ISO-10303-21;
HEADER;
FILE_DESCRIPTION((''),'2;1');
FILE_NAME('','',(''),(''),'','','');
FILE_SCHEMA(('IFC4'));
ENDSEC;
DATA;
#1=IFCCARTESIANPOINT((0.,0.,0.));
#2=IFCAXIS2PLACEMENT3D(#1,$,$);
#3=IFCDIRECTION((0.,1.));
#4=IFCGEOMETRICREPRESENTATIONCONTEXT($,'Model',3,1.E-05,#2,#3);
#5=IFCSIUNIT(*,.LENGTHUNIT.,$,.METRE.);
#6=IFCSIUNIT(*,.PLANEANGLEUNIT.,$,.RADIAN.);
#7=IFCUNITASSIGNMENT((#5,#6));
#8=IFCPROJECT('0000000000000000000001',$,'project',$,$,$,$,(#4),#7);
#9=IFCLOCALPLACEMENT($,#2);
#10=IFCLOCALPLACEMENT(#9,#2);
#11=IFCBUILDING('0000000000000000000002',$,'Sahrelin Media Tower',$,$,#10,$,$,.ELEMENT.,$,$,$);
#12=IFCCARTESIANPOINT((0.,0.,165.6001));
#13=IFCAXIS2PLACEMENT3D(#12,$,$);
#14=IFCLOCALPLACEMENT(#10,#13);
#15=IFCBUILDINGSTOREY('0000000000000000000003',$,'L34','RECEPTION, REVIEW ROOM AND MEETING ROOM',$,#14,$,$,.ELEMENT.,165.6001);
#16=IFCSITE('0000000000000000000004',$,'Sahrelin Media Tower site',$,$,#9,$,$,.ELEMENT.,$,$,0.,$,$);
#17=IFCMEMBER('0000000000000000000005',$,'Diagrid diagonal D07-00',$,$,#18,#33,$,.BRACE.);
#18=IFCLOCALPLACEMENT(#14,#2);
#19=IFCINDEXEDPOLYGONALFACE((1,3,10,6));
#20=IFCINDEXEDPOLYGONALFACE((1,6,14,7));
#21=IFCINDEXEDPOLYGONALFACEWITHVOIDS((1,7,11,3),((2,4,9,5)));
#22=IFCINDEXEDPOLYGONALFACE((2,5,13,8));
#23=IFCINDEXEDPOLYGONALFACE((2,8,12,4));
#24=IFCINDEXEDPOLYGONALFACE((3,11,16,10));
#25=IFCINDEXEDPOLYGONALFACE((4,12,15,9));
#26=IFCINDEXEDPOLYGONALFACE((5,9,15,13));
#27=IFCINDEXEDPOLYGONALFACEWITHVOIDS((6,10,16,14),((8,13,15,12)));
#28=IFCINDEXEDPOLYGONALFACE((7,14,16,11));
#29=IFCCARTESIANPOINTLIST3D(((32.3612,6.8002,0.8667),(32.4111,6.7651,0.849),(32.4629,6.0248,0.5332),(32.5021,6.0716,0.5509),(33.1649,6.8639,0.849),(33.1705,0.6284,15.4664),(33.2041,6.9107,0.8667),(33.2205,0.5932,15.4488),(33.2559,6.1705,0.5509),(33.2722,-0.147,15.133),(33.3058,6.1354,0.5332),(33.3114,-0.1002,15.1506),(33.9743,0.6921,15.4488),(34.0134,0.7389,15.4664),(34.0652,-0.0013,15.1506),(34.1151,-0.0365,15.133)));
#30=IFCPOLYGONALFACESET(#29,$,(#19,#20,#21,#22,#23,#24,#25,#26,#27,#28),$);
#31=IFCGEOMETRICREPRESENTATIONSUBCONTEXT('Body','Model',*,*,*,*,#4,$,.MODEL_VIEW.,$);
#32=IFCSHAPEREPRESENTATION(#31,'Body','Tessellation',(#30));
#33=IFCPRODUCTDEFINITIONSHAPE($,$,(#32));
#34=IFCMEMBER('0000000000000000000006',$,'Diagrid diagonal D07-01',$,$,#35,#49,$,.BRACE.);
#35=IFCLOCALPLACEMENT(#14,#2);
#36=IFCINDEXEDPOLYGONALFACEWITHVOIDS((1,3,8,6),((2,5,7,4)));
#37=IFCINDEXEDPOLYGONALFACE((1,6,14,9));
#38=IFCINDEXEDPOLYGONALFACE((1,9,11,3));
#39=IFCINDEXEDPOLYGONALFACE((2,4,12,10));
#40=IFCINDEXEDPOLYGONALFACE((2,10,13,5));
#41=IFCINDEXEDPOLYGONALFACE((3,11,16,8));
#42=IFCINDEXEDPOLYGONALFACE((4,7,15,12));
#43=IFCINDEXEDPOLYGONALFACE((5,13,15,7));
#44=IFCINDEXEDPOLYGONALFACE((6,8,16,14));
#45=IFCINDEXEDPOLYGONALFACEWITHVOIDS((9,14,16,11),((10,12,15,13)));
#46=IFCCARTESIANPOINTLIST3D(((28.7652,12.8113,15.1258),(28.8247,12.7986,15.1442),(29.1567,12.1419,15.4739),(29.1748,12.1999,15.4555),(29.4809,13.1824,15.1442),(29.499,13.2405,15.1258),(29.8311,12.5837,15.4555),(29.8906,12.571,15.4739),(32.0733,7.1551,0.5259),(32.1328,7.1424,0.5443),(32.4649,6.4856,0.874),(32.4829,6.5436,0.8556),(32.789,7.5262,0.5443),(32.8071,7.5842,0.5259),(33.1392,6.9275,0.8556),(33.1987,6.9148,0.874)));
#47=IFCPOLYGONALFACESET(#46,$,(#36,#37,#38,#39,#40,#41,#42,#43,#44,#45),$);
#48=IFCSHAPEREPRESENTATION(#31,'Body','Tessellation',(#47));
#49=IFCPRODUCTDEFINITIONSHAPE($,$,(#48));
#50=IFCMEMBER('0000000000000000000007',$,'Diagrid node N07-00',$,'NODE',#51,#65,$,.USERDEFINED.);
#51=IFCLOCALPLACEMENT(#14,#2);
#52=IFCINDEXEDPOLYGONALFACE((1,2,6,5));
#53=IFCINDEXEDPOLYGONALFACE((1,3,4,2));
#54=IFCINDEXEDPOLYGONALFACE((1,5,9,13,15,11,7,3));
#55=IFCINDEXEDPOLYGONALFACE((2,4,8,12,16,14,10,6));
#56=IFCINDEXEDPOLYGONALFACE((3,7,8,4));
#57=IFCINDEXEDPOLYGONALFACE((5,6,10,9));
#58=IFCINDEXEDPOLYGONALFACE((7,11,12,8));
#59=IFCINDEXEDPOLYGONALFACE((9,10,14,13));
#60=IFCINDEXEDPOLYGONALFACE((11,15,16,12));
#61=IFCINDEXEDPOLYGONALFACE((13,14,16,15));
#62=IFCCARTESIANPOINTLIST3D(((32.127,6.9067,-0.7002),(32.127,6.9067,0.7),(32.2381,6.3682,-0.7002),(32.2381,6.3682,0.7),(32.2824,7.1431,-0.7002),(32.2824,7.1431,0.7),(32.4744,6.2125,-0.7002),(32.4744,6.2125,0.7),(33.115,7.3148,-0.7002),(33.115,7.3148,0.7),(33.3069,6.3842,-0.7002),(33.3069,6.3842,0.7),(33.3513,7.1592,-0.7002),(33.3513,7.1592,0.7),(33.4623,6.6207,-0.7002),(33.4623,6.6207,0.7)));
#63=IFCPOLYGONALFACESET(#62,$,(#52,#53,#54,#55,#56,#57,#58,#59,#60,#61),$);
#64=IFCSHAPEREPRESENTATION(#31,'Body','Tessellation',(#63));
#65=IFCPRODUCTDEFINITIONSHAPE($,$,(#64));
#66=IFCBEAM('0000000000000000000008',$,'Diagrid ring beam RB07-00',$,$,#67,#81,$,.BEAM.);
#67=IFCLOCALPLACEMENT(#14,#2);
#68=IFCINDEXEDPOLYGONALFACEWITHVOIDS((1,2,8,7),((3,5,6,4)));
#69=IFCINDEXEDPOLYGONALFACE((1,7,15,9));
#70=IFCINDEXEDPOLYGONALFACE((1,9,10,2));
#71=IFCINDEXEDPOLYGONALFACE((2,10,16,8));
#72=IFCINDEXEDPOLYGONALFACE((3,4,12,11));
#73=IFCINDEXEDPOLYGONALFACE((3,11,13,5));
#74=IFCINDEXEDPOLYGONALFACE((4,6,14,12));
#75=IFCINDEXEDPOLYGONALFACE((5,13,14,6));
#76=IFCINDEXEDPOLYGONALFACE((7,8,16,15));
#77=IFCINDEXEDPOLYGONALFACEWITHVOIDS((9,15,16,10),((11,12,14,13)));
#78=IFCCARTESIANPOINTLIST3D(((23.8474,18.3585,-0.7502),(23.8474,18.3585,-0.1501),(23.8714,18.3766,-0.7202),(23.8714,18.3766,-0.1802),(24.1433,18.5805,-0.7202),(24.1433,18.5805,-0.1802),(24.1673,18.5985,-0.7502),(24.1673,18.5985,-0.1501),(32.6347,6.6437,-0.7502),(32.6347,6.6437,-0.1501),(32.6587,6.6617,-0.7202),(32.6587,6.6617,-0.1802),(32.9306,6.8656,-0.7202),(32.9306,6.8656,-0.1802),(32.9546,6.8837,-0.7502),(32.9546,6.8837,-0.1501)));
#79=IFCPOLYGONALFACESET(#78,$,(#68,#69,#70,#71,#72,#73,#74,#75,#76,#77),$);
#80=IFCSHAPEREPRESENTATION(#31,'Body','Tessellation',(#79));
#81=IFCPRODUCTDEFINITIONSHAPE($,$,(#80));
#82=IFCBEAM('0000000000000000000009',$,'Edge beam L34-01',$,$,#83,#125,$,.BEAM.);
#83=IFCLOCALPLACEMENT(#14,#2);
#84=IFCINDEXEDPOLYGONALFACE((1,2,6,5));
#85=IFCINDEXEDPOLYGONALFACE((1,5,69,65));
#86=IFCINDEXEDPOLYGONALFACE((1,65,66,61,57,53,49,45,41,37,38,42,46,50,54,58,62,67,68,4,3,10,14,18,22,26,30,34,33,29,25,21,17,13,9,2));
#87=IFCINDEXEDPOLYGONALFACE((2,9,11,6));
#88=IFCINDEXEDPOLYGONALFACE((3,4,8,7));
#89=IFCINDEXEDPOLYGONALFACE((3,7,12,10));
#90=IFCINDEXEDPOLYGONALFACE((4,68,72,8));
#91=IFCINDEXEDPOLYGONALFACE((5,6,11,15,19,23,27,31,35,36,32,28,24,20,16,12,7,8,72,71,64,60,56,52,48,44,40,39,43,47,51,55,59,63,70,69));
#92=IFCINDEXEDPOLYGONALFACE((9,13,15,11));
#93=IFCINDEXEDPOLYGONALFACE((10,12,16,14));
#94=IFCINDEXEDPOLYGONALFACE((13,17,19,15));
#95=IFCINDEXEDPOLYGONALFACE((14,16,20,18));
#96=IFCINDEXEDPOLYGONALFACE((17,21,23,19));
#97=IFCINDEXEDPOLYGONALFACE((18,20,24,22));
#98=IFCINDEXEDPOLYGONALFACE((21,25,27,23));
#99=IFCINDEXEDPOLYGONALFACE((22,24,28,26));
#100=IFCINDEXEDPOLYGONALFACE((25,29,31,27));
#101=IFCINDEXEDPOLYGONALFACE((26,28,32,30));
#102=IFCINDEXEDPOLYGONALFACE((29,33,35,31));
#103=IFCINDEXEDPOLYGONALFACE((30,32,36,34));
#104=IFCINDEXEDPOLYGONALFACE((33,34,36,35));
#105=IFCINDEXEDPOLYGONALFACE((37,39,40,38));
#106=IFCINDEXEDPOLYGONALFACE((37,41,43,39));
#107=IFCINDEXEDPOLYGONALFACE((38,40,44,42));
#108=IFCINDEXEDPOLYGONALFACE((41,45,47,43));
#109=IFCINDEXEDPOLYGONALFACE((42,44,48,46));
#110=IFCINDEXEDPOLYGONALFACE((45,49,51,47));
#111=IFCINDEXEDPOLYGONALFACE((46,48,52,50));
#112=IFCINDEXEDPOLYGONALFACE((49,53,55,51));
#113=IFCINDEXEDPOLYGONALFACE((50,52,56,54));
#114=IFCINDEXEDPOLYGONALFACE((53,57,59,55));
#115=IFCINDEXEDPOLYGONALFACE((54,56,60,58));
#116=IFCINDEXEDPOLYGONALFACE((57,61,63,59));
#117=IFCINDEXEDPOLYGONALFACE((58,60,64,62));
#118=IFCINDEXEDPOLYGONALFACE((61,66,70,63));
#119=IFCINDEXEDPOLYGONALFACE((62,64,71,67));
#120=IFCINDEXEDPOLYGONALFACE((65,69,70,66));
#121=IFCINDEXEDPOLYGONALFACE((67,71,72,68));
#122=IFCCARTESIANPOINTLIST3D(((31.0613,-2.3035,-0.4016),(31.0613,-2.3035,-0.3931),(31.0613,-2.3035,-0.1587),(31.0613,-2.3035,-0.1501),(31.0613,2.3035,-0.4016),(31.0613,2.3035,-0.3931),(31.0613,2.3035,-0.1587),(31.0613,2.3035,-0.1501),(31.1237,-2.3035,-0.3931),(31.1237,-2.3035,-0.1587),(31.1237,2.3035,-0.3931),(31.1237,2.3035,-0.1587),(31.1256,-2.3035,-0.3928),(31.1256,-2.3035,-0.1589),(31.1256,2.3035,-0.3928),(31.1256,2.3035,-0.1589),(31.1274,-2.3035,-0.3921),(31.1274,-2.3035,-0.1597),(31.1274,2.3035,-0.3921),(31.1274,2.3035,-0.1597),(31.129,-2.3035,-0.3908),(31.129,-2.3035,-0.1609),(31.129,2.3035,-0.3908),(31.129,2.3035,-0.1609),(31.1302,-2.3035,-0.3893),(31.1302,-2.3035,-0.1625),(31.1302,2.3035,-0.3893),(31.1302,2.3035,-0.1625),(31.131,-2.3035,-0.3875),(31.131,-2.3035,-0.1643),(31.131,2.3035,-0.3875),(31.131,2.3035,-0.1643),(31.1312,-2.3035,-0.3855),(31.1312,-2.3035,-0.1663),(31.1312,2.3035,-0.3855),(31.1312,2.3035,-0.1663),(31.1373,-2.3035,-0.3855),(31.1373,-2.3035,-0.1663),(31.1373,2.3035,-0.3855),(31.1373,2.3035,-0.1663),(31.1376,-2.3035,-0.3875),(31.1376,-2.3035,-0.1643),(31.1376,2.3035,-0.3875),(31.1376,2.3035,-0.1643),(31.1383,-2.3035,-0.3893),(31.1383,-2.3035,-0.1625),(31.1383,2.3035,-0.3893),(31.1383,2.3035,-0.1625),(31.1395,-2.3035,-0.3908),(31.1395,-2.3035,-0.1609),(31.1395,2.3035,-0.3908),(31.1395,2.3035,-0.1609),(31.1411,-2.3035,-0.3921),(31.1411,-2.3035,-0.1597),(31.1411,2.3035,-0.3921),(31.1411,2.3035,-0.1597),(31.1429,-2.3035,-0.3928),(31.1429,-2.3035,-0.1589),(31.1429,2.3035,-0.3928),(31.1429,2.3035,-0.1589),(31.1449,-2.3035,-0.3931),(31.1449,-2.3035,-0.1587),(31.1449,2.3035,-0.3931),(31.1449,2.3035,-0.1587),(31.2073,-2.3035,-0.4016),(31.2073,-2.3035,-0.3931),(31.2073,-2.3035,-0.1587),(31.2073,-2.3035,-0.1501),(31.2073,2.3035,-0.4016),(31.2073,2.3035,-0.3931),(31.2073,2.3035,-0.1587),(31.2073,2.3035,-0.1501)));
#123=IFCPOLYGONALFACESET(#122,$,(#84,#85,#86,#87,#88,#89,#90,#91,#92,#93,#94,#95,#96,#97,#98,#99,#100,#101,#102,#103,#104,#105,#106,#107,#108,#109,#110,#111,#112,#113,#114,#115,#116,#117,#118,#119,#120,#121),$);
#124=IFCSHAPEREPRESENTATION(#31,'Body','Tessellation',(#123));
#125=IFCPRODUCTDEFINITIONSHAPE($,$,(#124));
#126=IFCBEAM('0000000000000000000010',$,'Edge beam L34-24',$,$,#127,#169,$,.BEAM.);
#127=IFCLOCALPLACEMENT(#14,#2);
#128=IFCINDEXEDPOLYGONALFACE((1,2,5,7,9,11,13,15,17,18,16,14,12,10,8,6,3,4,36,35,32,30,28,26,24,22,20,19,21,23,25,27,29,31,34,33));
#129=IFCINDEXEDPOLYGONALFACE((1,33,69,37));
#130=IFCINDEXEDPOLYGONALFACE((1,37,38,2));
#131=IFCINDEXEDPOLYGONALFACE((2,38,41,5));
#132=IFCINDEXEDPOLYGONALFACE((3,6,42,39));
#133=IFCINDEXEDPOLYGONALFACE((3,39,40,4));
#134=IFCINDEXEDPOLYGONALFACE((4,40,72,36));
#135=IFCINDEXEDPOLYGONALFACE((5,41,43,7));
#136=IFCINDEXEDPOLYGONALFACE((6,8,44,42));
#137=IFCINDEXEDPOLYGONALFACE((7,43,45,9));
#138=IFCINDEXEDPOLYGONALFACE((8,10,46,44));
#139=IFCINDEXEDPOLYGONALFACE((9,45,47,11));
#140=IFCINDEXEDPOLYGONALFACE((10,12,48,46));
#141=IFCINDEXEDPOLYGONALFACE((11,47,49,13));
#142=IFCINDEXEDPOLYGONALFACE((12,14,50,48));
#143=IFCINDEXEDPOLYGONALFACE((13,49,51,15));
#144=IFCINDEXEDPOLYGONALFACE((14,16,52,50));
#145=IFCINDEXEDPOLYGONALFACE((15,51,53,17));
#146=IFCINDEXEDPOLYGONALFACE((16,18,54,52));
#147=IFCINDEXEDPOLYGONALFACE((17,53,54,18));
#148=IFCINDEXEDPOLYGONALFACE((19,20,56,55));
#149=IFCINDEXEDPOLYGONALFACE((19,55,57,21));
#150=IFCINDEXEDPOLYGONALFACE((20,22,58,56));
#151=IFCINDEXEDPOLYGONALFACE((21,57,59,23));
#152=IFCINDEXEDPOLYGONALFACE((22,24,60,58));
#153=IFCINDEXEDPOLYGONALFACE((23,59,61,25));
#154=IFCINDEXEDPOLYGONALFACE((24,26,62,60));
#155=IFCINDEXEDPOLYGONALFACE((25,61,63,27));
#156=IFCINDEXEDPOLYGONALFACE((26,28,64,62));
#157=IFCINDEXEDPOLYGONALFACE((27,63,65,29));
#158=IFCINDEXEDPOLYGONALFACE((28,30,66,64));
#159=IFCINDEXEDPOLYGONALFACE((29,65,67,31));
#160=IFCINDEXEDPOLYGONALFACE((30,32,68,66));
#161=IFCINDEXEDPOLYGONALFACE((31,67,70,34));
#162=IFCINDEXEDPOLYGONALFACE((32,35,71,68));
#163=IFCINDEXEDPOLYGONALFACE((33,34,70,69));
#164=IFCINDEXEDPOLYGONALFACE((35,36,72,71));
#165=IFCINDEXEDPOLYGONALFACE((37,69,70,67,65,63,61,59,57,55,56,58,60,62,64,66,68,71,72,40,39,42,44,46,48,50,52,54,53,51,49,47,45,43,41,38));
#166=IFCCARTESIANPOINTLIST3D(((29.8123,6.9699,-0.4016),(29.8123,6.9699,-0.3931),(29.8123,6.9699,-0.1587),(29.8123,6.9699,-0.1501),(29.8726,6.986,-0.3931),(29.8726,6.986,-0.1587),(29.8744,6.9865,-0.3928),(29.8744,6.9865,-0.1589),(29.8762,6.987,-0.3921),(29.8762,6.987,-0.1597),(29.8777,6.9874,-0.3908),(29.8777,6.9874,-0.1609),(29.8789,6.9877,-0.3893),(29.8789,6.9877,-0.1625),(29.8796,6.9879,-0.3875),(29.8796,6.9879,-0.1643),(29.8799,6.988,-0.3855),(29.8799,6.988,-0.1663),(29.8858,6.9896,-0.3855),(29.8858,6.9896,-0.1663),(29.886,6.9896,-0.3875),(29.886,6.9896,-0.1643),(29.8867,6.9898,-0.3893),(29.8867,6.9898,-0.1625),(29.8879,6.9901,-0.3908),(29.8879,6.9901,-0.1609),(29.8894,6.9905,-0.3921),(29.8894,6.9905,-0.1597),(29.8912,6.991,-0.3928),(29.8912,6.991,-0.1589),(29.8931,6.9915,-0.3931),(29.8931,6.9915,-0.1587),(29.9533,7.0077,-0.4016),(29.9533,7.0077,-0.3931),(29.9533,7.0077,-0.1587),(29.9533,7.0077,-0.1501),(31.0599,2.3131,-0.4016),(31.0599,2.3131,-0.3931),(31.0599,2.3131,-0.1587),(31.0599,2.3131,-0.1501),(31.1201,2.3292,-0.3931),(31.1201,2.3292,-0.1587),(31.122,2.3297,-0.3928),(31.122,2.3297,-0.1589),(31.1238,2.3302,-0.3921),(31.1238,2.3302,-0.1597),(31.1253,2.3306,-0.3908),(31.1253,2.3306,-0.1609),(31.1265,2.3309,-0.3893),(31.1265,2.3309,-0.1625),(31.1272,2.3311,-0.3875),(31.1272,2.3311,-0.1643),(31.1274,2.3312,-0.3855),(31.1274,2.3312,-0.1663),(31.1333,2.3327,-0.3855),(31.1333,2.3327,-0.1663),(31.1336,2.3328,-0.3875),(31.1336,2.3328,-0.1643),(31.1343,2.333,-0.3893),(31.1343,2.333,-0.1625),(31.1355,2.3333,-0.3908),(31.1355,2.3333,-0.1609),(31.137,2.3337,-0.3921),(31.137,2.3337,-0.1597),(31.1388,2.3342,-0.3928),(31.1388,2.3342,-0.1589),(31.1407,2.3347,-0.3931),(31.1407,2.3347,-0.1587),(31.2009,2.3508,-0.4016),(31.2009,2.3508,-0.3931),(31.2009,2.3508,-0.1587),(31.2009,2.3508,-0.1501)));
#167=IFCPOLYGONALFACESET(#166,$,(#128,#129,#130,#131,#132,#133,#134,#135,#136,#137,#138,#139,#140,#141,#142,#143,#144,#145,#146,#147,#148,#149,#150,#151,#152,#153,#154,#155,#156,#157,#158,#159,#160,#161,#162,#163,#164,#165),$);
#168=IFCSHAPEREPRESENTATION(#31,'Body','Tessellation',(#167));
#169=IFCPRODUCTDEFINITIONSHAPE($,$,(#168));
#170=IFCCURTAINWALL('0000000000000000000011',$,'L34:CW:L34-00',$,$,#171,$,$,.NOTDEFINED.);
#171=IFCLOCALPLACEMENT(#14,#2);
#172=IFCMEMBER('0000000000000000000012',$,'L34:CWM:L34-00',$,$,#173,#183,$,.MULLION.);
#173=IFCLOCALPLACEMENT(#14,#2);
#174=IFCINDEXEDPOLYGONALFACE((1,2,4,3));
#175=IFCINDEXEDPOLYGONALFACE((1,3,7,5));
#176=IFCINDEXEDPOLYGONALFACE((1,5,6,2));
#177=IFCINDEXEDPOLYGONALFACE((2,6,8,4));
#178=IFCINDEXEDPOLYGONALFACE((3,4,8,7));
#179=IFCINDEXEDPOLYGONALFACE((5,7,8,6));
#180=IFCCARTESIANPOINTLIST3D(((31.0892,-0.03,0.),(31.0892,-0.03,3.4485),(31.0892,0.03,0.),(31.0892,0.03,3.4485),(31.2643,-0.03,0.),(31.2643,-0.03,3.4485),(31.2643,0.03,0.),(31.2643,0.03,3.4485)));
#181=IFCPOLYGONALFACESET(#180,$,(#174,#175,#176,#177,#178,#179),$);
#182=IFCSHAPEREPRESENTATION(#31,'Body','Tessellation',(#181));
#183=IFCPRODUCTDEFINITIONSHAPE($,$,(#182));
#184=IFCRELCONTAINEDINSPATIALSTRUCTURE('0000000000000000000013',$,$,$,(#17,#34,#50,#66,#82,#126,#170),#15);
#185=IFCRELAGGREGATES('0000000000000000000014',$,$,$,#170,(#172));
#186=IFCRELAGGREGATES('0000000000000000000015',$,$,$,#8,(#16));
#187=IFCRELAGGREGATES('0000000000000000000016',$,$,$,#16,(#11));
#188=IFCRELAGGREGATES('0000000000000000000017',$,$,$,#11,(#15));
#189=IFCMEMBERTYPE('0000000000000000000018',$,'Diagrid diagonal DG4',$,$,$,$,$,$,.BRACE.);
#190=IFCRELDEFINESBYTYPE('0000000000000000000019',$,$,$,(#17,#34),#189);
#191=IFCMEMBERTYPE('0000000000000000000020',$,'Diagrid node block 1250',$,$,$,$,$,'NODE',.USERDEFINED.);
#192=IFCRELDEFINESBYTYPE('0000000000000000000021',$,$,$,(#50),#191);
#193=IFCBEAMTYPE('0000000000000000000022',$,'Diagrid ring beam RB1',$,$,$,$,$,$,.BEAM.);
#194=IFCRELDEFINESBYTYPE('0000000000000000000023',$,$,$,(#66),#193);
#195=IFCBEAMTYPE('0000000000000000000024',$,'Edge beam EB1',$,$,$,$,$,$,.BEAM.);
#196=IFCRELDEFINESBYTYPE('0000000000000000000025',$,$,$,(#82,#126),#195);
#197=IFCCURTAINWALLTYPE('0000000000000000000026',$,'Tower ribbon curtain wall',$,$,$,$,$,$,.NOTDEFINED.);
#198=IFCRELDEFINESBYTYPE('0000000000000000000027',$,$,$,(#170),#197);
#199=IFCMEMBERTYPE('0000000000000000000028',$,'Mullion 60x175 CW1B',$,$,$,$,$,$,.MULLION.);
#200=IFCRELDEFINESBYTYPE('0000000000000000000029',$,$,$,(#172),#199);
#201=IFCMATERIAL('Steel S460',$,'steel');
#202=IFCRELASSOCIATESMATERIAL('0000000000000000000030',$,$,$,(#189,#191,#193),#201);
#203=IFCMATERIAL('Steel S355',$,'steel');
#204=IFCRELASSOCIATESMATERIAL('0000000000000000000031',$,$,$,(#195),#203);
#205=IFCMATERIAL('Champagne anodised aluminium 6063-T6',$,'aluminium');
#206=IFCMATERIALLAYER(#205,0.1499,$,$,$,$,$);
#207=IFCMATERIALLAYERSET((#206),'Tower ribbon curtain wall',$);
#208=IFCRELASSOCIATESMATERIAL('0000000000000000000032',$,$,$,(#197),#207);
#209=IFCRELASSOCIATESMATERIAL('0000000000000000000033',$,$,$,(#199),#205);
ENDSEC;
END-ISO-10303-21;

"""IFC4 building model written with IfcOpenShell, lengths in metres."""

from ifc_helpers import new_model, si_unit, direction, frame, origin, origin_2d, place, context, subcontext, project, spatial, polyline, rectangle, hollow_rectangle, i_section, outline, extrude, material, layer, layer_set, material_profile, profile_set, type_object, element, aggregate, save


model = new_model("IFC4")

# Units and contexts
model_context = context("Model", 3, precision=1e-05, world=origin(), true_north=direction((0.0, 1.0)))
body_context = subcontext(model_context, "Body", "Model", "MODEL_VIEW")
ifc_project = project(units=[si_unit("LENGTHUNIT", "METRE"), si_unit("PLANEANGLEUNIT", "RADIAN")], contexts=[model_context])

# Site, building, storey
site_placement = place(None, origin())
site = spatial("IfcSite", under=ifc_project, at=site_placement, Name="Sahrelin Media Tower site", CompositionType="ELEMENT", RefElevation=0.0)
building_placement = place(site_placement, origin())
building = spatial("IfcBuilding", under=site, at=building_placement, Name="Sahrelin Media Tower", CompositionType="ELEMENT")
storey_placement = place(building_placement, frame((0.0, 0.0, 165.6001)))
storey = spatial("IfcBuildingStorey", under=building, at=storey_placement, Name="L34", Description="RECEPTION, REVIEW ROOM AND MEETING ROOM", CompositionType="ELEMENT", Elevation=165.6001)

# Members
ifc_material_1 = material(Name="Steel S460", Category="steel")
ifc_material_profile_1 = material_profile(ifc_material_1, hollow_rectangle(XDim=0.8501, YDim=0.8501, WallThickness=0.0449, at=origin_2d()), Name="Diagrid diagonal DG4")
ifc_profile_set_1 = profile_set([ifc_material_profile_1], Name="Steel S460")
member_type_1 = type_object("IfcMemberType", Name="Diagrid diagonal DG4", PredefinedType="BRACE", material=ifc_profile_set_1)
member_1_placement = place(storey_placement, frame((32.8335, 6.4678, 0.7), z_axis=(0.050993, -0.388867, 0.919882), x_axis=(0.991512, 0.130018, 0.0)))
element("IfcMember", 1, at=member_1_placement, inside=storey, type_object=member_type_1, Name="Diagrid diagonal D07-00", PredefinedType="BRACE", context=body_context, shape_type="SweptSolid", body=[
    extrude(hollow_rectangle(XDim=0.8501, YDim=0.8501, WallThickness=0.0449, at=origin_2d()), origin(), (0.0, 0.0, 1.0), 15.8713),
])
member_2_placement = place(storey_placement, frame((32.636, 7.0349, 0.7), z_axis=(-0.206719, 0.353452, 0.912326), x_axis=(-0.863205, -0.504853, 0.0)))
element("IfcMember", 2, at=member_2_placement, inside=storey, type_object=member_type_1, Name="Diagrid diagonal D07-01", PredefinedType="BRACE", context=body_context, shape_type="SweptSolid", body=[
    extrude(hollow_rectangle(XDim=0.8501, YDim=0.8501, WallThickness=0.0449, at=origin_2d()), origin(), (0.0, 0.0, 1.0), 16.0029),
])
ifc_material_profile_2 = material_profile(ifc_material_1, outline(polyline([(0.425, -0.4751), (0.625, -0.2749), (0.625, 0.2749), (0.425, 0.4751), (-0.425, 0.4751), (-0.625, 0.2749), (-0.625, -0.2749), (-0.425, -0.4751), (0.425, -0.4751)])), Name="Diagrid node block 1250")
ifc_profile_set_2 = profile_set([ifc_material_profile_2], Name="Steel S460")
member_type_2 = type_object("IfcMemberType", Name="Diagrid node block 1250", ElementType="NODE", PredefinedType="USERDEFINED", material=ifc_profile_set_2)
member_3_placement = place(storey_placement, frame((32.7947, 6.7637, -0.7002), z_axis=(0.0, 0.0, 1.0), x_axis=(0.979388, 0.201989, 0.0)))
element("IfcMember", 3, at=member_3_placement, inside=storey, type_object=member_type_2, Name="Diagrid node N07-00", ObjectType="NODE", PredefinedType="USERDEFINED", context=body_context, shape_type="SweptSolid", body=[
    extrude(outline(polyline([(0.425, -0.4751), (0.625, -0.2749), (0.625, 0.2749), (0.425, 0.4751), (-0.425, 0.4751), (-0.625, 0.2749), (-0.625, -0.2749), (-0.425, -0.4751), (0.425, -0.4751)])), origin(), (0.0, 0.0, 1.0), 1.4001),
])

# Beams
ifc_material_profile_3 = material_profile(ifc_material_1, hollow_rectangle(XDim=0.3999, YDim=0.6001, WallThickness=0.03, at=origin_2d()), Name="Diagrid ring beam RB1")
ifc_profile_set_3 = profile_set([ifc_material_profile_3], Name="Steel S460")
beam_type_1 = type_object("IfcBeamType", Name="Diagrid ring beam RB1", PredefinedType="BEAM", material=ifc_profile_set_3)
beam_1_placement = place(storey_placement, frame((32.7947, 6.7637, -0.4502), z_axis=(-0.600053, 0.79996, 0.0), x_axis=(-0.79996, -0.600053, 0.0)))
element("IfcBeam", 4, at=beam_1_placement, inside=storey, type_object=beam_type_1, Name="Diagrid ring beam RB07-00", PredefinedType="BEAM", context=body_context, shape_type="SweptSolid", body=[
    extrude(hollow_rectangle(XDim=0.3999, YDim=0.6001, WallThickness=0.03, at=origin_2d()), origin(), (0.0, 0.0, 1.0), 14.6443),
])
ifc_material_2 = material(Name="Steel S355", Category="steel")
ifc_material_profile_4 = material_profile(ifc_material_2, i_section(OverallWidth=0.146, OverallDepth=0.2515, WebThickness=0.0061, FlangeThickness=0.0085, FilletRadius=0.0076, at=origin_2d()), Name="UB 254x146x31")
ifc_profile_set_4 = profile_set([ifc_material_profile_4], Name="Steel S355")
beam_type_2 = type_object("IfcBeamType", Name="Edge beam EB1", PredefinedType="BEAM", material=ifc_profile_set_4)
beam_2_placement = place(storey_placement, frame((31.1343, 2.3035, -0.2759), z_axis=(0.0, -1.0, 0.0), x_axis=(1.0, 0.0, 0.0)))
element("IfcBeam", 5, at=beam_2_placement, inside=storey, type_object=beam_type_2, Name="Edge beam L34-01", PredefinedType="BEAM", context=body_context, shape_type="SweptSolid", body=[
    extrude(i_section(OverallWidth=0.146, OverallDepth=0.2515, WebThickness=0.0061, FlangeThickness=0.0085, FilletRadius=0.0076, at=origin_2d()), origin(), (0.0, 0.0, 1.0), 4.6069),
])
beam_3_placement = place(storey_placement, frame((29.8828, 6.9888, -0.2759), z_axis=(0.258778, -0.965937, 0.0), x_axis=(0.965937, 0.258778, 0.0)))
element("IfcBeam", 6, at=beam_3_placement, inside=storey, type_object=beam_type_2, Name="Edge beam L34-24", PredefinedType="BEAM", context=body_context, shape_type="SweptSolid", body=[
    extrude(i_section(OverallWidth=0.146, OverallDepth=0.2515, WebThickness=0.0061, FlangeThickness=0.0085, FilletRadius=0.0076, at=origin_2d()), origin(), (0.0, 0.0, 1.0), 4.821),
])

# Curtain wall, member
ifc_material_3 = material(Name="Champagne anodised aluminium 6063-T6", Category="aluminium")
ifc_layer_1 = layer(ifc_material_3, 0.1499)
ifc_layer_set_1 = layer_set([ifc_layer_1], Name="Tower ribbon curtain wall")
curtain_wall_type = type_object("IfcCurtainWallType", Name="Tower ribbon curtain wall", PredefinedType="NOTDEFINED", material=ifc_layer_set_1)
curtain_wall_1_placement = place(storey_placement, frame((31.2842, 0.0, 0.0), z_axis=(0.0, 0.0, 1.0), x_axis=(1.0, 0.0, 0.0)))
curtain_wall_1 = element("IfcCurtainWall", 7, at=curtain_wall_1_placement, inside=storey, type_object=curtain_wall_type, Name="L34:CW:L34-00", PredefinedType="NOTDEFINED")
ifc_material_profile_5 = material_profile(ifc_material_3, rectangle(XDim=0.0601, YDim=0.175, at=origin_2d()), Name="Mullion 60x175")
ifc_profile_set_5 = profile_set([ifc_material_profile_5], Name="Champagne anodised aluminium 6063-T6")
member_type_3 = type_object("IfcMemberType", Name="Mullion 60x175 CW1B", PredefinedType="MULLION", material=ifc_profile_set_5)
member_4_placement = place(storey_placement, frame((31.1768, 0.0, 0.0), z_axis=(0.0, 0.0, 1.0), x_axis=(0.0, 1.0, 0.0)))
member_4 = element("IfcMember", 8, at=member_4_placement, type_object=member_type_3, Name="L34:CWM:L34-00", PredefinedType="MULLION", context=body_context, shape_type="SweptSolid", body=[
    extrude(rectangle(XDim=0.0601, YDim=0.175, at=origin_2d()), origin(), (0.0, 0.0, 1.0), 3.4485),
])
aggregate(curtain_wall_1, [member_4])

save(model, "model.ifc")
